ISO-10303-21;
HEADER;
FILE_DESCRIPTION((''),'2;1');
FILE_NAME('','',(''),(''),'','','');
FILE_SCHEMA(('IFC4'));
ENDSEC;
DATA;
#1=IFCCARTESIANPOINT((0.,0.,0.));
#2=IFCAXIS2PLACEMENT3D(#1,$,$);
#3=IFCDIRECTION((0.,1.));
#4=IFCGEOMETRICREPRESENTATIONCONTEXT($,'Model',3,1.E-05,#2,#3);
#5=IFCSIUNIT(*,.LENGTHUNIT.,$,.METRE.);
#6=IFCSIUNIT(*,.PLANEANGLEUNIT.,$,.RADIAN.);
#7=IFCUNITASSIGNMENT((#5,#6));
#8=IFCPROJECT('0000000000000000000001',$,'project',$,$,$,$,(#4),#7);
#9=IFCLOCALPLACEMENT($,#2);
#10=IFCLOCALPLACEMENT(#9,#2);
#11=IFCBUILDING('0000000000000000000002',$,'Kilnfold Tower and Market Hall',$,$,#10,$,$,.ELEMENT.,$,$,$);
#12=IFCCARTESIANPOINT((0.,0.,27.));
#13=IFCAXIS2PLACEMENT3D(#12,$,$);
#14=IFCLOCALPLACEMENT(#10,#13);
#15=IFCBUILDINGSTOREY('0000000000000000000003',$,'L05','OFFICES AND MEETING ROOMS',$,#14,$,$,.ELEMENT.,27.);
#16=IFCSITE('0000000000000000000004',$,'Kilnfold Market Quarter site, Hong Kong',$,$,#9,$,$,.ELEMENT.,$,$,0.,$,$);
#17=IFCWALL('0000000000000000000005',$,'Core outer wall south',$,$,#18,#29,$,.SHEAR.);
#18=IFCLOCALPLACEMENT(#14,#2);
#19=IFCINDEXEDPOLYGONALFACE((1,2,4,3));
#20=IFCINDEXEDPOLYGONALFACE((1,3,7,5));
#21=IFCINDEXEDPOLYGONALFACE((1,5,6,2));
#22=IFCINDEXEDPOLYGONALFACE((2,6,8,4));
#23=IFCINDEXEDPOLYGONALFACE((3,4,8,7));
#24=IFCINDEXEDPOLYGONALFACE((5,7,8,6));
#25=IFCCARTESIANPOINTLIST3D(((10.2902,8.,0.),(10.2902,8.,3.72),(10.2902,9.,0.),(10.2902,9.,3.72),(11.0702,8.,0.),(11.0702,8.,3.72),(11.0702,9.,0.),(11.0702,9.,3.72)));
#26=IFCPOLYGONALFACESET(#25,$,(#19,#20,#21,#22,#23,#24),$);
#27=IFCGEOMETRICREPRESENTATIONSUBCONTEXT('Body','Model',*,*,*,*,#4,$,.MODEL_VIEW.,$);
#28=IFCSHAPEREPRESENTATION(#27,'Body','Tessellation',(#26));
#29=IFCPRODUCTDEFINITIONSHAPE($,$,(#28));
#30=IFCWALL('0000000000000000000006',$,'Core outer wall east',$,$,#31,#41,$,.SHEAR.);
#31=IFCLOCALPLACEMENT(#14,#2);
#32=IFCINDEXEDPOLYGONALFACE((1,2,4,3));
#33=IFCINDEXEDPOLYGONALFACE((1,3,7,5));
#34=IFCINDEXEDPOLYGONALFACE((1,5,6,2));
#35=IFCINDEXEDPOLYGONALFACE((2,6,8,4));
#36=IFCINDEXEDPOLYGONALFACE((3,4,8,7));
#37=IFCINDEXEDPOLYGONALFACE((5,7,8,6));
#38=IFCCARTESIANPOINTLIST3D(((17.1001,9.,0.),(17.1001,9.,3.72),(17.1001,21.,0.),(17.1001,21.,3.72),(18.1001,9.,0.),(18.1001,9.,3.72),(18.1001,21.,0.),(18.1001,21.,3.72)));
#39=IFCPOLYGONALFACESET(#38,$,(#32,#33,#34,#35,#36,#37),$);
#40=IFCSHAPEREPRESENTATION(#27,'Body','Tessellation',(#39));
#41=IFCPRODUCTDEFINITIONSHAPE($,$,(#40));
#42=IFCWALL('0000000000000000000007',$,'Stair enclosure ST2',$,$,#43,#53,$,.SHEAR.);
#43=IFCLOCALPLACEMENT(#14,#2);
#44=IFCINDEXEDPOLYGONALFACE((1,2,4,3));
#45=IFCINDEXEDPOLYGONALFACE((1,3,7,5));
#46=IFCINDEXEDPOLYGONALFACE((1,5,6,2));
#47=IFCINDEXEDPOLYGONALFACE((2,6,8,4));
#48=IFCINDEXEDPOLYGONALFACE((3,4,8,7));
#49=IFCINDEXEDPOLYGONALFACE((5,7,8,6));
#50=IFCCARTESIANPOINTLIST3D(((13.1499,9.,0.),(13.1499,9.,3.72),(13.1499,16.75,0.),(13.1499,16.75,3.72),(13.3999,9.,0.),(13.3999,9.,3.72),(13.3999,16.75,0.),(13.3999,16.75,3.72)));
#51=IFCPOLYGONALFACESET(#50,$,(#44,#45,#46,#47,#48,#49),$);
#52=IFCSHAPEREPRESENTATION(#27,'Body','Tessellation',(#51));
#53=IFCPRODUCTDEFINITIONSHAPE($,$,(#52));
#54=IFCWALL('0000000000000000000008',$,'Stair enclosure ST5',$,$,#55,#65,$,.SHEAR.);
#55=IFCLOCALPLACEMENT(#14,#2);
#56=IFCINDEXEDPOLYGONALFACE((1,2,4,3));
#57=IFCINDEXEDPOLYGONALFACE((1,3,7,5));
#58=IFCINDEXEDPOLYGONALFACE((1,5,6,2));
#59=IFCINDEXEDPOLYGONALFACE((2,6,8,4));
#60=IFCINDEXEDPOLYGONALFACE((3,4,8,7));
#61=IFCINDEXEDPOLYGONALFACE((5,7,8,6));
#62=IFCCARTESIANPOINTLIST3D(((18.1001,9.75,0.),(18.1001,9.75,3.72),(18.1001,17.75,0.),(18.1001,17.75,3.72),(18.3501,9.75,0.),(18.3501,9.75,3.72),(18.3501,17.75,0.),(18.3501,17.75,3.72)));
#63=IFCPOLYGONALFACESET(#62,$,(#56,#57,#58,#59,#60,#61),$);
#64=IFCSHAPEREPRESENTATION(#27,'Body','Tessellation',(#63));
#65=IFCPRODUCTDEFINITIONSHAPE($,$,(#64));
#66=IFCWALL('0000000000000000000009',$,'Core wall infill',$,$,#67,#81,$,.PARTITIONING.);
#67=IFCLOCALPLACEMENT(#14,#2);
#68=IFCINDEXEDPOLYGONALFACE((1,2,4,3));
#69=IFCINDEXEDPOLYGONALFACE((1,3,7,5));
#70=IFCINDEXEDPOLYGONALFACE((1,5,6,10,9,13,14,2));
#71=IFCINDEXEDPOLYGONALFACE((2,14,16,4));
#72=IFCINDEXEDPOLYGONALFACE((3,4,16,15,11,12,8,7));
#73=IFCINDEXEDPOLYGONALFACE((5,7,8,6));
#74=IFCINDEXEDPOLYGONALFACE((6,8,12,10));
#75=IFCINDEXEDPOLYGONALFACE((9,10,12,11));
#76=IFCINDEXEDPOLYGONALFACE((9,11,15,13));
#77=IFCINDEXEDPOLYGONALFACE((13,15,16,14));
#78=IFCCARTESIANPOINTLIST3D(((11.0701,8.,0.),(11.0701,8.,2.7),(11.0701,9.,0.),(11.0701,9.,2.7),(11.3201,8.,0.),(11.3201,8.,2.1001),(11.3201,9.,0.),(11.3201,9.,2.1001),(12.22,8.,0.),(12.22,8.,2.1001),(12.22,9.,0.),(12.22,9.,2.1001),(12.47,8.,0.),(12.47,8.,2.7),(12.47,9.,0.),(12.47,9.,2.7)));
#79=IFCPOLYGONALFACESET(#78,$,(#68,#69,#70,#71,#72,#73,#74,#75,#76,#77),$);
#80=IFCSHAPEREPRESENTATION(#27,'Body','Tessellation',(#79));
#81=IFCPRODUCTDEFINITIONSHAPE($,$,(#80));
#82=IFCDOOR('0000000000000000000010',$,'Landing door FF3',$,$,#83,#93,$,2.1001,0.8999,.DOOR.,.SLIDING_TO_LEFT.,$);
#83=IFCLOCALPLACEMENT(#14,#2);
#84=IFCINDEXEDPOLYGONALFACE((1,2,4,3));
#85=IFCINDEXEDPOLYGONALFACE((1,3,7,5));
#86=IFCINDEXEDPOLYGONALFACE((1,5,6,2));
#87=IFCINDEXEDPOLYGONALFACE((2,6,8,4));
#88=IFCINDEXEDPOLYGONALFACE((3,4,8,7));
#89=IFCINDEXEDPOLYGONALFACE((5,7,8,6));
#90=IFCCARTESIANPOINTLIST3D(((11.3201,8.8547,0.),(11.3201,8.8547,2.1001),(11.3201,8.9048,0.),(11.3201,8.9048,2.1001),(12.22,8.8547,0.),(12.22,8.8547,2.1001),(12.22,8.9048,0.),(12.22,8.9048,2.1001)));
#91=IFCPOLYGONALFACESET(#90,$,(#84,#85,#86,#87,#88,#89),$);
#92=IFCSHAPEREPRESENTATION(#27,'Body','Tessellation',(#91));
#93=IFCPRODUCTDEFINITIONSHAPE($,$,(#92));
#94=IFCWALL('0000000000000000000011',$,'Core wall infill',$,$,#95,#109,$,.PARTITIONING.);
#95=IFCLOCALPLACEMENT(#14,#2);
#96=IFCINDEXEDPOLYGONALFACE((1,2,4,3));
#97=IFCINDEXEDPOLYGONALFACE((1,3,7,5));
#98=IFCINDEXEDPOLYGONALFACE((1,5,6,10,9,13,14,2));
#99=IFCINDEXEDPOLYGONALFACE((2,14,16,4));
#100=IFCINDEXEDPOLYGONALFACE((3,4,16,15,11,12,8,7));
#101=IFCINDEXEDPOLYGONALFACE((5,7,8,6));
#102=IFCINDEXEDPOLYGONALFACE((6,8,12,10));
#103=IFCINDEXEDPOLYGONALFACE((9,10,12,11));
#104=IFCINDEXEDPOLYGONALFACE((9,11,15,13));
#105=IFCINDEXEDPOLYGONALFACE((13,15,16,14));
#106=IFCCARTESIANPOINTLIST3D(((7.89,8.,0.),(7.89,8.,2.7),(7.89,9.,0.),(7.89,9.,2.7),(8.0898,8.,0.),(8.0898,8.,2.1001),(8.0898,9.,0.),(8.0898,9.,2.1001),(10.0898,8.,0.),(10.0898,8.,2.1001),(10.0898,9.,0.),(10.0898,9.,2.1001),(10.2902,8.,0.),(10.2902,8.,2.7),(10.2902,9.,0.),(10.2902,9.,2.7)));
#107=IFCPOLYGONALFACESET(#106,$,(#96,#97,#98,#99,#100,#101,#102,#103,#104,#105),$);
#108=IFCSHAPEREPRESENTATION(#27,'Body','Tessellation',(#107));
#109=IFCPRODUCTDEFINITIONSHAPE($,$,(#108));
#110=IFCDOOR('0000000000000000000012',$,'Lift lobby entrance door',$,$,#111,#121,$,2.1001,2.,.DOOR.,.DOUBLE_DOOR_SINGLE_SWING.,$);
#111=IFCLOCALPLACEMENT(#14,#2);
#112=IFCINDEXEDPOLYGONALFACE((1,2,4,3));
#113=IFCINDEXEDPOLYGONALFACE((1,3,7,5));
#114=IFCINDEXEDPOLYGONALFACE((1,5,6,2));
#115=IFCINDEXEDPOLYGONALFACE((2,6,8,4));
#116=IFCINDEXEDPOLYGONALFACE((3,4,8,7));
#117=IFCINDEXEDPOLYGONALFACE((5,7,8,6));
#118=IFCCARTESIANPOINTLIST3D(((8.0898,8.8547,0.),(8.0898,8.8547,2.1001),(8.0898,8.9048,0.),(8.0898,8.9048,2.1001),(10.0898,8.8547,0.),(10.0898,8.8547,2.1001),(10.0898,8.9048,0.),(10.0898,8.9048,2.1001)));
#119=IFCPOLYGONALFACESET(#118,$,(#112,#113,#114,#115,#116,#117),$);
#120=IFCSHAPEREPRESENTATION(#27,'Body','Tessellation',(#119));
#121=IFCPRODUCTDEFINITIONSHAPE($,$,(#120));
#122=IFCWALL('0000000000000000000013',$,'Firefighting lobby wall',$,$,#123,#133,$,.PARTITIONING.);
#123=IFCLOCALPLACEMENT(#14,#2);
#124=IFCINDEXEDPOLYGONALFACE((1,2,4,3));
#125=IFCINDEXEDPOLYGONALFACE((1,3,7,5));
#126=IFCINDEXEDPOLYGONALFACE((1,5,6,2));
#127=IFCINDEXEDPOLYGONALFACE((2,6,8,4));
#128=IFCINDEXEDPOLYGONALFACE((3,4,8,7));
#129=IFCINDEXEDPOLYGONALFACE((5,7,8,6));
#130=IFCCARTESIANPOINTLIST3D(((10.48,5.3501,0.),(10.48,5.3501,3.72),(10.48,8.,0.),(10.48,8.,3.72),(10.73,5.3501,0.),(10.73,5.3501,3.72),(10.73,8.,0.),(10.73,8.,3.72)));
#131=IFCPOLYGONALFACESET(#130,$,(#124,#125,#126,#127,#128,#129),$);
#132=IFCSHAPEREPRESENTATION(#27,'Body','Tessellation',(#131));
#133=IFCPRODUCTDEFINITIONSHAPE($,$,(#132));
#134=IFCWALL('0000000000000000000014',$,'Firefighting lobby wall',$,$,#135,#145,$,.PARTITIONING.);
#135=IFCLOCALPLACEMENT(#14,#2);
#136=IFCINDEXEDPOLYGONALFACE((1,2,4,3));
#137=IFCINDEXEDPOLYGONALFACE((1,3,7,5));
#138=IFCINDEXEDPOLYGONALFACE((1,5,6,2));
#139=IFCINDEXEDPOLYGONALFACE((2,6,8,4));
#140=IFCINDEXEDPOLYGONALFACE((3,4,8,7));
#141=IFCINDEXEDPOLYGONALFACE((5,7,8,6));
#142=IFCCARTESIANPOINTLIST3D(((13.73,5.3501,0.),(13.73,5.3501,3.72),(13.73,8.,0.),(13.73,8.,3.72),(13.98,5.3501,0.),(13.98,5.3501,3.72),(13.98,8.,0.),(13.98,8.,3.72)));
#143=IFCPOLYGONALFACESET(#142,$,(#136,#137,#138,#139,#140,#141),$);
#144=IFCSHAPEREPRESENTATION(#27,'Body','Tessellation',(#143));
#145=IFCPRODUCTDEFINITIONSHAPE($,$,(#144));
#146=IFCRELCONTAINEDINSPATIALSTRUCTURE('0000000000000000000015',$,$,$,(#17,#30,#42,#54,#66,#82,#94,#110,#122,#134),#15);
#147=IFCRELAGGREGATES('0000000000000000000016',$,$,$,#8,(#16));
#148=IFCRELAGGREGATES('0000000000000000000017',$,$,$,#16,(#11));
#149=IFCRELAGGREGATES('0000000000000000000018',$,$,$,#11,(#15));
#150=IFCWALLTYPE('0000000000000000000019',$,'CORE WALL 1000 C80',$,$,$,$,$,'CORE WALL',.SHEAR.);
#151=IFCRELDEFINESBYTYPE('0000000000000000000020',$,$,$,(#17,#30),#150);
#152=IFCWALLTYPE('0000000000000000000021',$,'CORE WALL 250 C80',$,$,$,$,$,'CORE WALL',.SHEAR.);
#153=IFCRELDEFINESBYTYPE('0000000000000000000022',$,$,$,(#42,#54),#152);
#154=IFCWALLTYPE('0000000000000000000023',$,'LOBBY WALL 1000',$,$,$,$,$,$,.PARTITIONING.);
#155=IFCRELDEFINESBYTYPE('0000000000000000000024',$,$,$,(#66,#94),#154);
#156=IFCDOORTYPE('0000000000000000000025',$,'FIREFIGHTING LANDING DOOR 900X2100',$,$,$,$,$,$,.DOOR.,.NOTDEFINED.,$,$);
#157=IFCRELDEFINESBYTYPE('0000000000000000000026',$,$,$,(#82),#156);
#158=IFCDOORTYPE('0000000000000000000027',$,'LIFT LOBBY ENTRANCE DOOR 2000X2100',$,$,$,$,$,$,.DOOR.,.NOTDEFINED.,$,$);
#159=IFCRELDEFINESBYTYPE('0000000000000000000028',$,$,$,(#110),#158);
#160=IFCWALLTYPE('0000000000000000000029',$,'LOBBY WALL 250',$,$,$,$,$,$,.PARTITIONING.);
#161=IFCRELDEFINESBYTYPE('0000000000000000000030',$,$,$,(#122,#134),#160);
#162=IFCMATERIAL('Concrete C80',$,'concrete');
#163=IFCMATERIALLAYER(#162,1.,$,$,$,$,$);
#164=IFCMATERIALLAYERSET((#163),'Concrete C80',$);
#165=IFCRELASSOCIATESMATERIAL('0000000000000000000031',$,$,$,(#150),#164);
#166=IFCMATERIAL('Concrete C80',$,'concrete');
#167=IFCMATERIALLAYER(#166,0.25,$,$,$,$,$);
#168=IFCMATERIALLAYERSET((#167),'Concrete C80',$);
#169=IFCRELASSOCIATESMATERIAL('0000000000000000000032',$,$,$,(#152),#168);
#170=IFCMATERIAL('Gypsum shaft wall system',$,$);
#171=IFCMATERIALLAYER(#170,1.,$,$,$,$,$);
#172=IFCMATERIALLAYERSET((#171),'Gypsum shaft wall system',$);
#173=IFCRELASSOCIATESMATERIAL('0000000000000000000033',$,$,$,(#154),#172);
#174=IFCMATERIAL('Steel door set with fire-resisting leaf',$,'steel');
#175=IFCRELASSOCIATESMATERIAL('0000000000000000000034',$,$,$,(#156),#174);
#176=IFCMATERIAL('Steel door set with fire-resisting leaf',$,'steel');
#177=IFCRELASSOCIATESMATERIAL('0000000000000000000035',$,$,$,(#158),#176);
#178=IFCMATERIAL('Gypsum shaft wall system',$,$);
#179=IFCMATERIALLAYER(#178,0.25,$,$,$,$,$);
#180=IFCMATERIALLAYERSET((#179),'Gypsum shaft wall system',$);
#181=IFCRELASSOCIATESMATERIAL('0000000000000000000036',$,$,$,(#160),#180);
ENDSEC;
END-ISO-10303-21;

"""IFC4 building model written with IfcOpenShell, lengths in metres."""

from ifc_helpers import new_model, si_unit, direction, frame, frame_2d, origin, place, context, subcontext, project, spatial, rectangle, extrude, source, transform, mapped, material, layer, layer_set, type_object, element, fill, save


model = new_model("IFC4")

# Units and contexts
model_context = context("Model", 3, precision=1e-05, world=origin(), true_north=direction((0.0, 1.0)))
body_context = subcontext(model_context, "Body", "Model", "MODEL_VIEW")
ifc_project = project(units=[si_unit("LENGTHUNIT", "METRE"), si_unit("PLANEANGLEUNIT", "RADIAN")], contexts=[model_context])

# Site, building, storey
site_placement = place(None, origin())
site = spatial("IfcSite", under=ifc_project, at=site_placement, Name="Kilnfold Market Quarter site, Hong Kong", CompositionType="ELEMENT", RefElevation=0.0)
building_placement = place(site_placement, origin())
building = spatial("IfcBuilding", under=site, at=building_placement, Name="Kilnfold Tower and Market Hall", CompositionType="ELEMENT")
storey_placement = place(building_placement, frame((0.0, 0.0, 27.0)))
storey = spatial("IfcBuildingStorey", under=building, at=storey_placement, Name="L05", Description="OFFICES AND MEETING ROOMS", CompositionType="ELEMENT", Elevation=27.0)

# Wall
ifc_material_1 = material(Name="Concrete C80", Category="concrete")
ifc_layer_1 = layer(ifc_material_1, 1.0)
ifc_layer_set_1 = layer_set([ifc_layer_1], Name="Concrete C80")
wall_type_1 = type_object("IfcWallType", Name="CORE WALL 1000 C80", ElementType="CORE WALL", PredefinedType="SHEAR", material=ifc_layer_set_1)
shared_shape_1 = source(origin(), body_context, "Body", "SweptSolid", [
    extrude(rectangle(XDim=0.78, YDim=1.0, at=frame_2d((0.3901, 0.0))), origin(), (0.0, 0.0, 1.0), 3.72),
])
wall_1_placement = place(storey_placement, frame((10.29, 8.5, 0.0), z_axis=(0.0, 0.0, 1.0), x_axis=(1.0, 0.0, 0.0)))
element("IfcWall", 1, at=wall_1_placement, inside=storey, type_object=wall_type_1, Name="Core outer wall south", PredefinedType="SHEAR", context=body_context, shape_type="MappedRepresentation", body=[
    mapped(shared_shape_1, transform((0.0, 0.0, 0.0))),
])

# Walls
shared_shape_2 = source(origin(), body_context, "Body", "SweptSolid", [
    extrude(rectangle(XDim=12.0, YDim=1.0, at=frame_2d((6.0, 0.0))), origin(), (0.0, 0.0, 1.0), 3.72),
])
wall_2_placement = place(storey_placement, frame((17.6001, 9.0, 0.0), z_axis=(0.0, 0.0, 1.0), x_axis=(0.0, 1.0, 0.0)))
element("IfcWall", 2, at=wall_2_placement, inside=storey, type_object=wall_type_1, Name="Core outer wall east", PredefinedType="SHEAR", context=body_context, shape_type="MappedRepresentation", body=[
    mapped(shared_shape_2, transform((0.0, 0.0, 0.0))),
])
ifc_material_2 = material(Name="Concrete C80", Category="concrete")
ifc_layer_2 = layer(ifc_material_2, 0.25)
ifc_layer_set_2 = layer_set([ifc_layer_2], Name="Concrete C80")
wall_type_2 = type_object("IfcWallType", Name="CORE WALL 250 C80", ElementType="CORE WALL", PredefinedType="SHEAR", material=ifc_layer_set_2)
shared_shape_3 = source(origin(), body_context, "Body", "SweptSolid", [
    extrude(rectangle(XDim=7.75, YDim=0.25, at=frame_2d((3.875, 0.0))), origin(), (0.0, 0.0, 1.0), 3.72),
])
wall_3_placement = place(storey_placement, frame((13.2749, 9.0, 0.0), z_axis=(0.0, 0.0, 1.0), x_axis=(0.0, 1.0, 0.0)))
element("IfcWall", 3, at=wall_3_placement, inside=storey, type_object=wall_type_2, Name="Stair enclosure ST2", PredefinedType="SHEAR", context=body_context, shape_type="MappedRepresentation", body=[
    mapped(shared_shape_3, transform((0.0, 0.0, 0.0))),
])
shared_shape_4 = source(origin(), body_context, "Body", "SweptSolid", [
    extrude(rectangle(XDim=8.0, YDim=0.25, at=frame_2d((4.0, 0.0))), origin(), (0.0, 0.0, 1.0), 3.72),
])
wall_4_placement = place(storey_placement, frame((18.2251, 9.75, 0.0), z_axis=(0.0, 0.0, 1.0), x_axis=(0.0, 1.0, 0.0)))
element("IfcWall", 4, at=wall_4_placement, inside=storey, type_object=wall_type_2, Name="Stair enclosure ST5", PredefinedType="SHEAR", context=body_context, shape_type="MappedRepresentation", body=[
    mapped(shared_shape_4, transform((0.0, 0.0, 0.0))),
])

# Walls, openings, doors
ifc_material_3 = material(Name="Gypsum shaft wall system")
ifc_layer_3 = layer(ifc_material_3, 1.0)
ifc_layer_set_3 = layer_set([ifc_layer_3], Name="Gypsum shaft wall system")
wall_type_3 = type_object("IfcWallType", Name="LOBBY WALL 1000", PredefinedType="PARTITIONING", material=ifc_layer_set_3)
shared_shape_5 = source(origin(), body_context, "Body", "SweptSolid", [
    extrude(rectangle(XDim=1.3999, YDim=1.0, at=frame_2d((0.7, 0.0))), origin(), (0.0, 0.0, 1.0), 2.7),
])
wall_5_placement = place(storey_placement, frame((11.0701, 8.5, 0.0), z_axis=(0.0, 0.0, 1.0), x_axis=(1.0, 0.0, 0.0)))
wall_5 = element("IfcWall", 5, at=wall_5_placement, inside=storey, type_object=wall_type_3, Name="Core wall infill", PredefinedType="PARTITIONING", context=body_context, shape_type="MappedRepresentation", body=[
    mapped(shared_shape_5, transform((0.0, 0.0, 0.0))),
])
opening_1_placement = place(wall_5_placement, frame((0.25, 0.0, 0.0)))
opening_1 = element("IfcOpeningElement", 6, at=opening_1_placement, cuts=wall_5, PredefinedType="OPENING", context=body_context, shape_type="SweptSolid", body=[
    extrude(rectangle(XDim=0.8999, YDim=2.1001, at=frame_2d((0.45, 1.05))), frame((0.0, 0.51, 0.0), z_axis=(0.0, -1.0, 0.0), x_axis=(1.0, 0.0, 0.0)), (0.0, 0.0, 1.0), 1.02),
])
ifc_material_4 = material(Name="Steel door set with fire-resisting leaf", Category="steel")
door_type_1 = type_object("IfcDoorType", Name="FIREFIGHTING LANDING DOOR 900X2100", OperationType="NOTDEFINED", PredefinedType="DOOR", material=ifc_material_4)
door_1_placement = place(opening_1_placement, origin())
door_1 = element("IfcDoor", 7, at=door_1_placement, inside=storey, type_object=door_type_1, Name="Landing door FF3", OperationType="SLIDING_TO_LEFT", OverallHeight=2.1001, OverallWidth=0.8999, PredefinedType="DOOR", context=body_context, shape_type="SweptSolid", body=[
    extrude(rectangle(XDim=0.8999, YDim=2.1001, at=frame_2d((0.45, 1.05))), frame((0.0, 0.4048, 0.0), z_axis=(0.0, -1.0, 0.0), x_axis=(1.0, 0.0, 0.0)), (0.0, 0.0, 1.0), 0.05),
])
fill(opening_1, door_1)
shared_shape_6 = source(origin(), body_context, "Body", "SweptSolid", [
    extrude(rectangle(XDim=2.4001, YDim=1.0, at=frame_2d((1.2002, 0.0))), origin(), (0.0, 0.0, 1.0), 2.7),
])
wall_6_placement = place(storey_placement, frame((7.8899, 8.5, 0.0), z_axis=(0.0, 0.0, 1.0), x_axis=(1.0, 0.0, 0.0)))
wall_6 = element("IfcWall", 8, at=wall_6_placement, inside=storey, type_object=wall_type_3, Name="Core wall infill", PredefinedType="PARTITIONING", context=body_context, shape_type="MappedRepresentation", body=[
    mapped(shared_shape_6, transform((0.0, 0.0, 0.0))),
])
opening_2_placement = place(wall_6_placement, frame((0.2, 0.0, 0.0)))
opening_2 = element("IfcOpeningElement", 9, at=opening_2_placement, cuts=wall_6, PredefinedType="OPENING", context=body_context, shape_type="SweptSolid", body=[
    extrude(rectangle(XDim=2.0, YDim=2.1001, at=frame_2d((1.0, 1.05))), frame((0.0, 0.51, 0.0), z_axis=(0.0, -1.0, 0.0), x_axis=(1.0, 0.0, 0.0)), (0.0, 0.0, 1.0), 1.02),
])
ifc_material_5 = material(Name="Steel door set with fire-resisting leaf", Category="steel")
door_type_2 = type_object("IfcDoorType", Name="LIFT LOBBY ENTRANCE DOOR 2000X2100", OperationType="NOTDEFINED", PredefinedType="DOOR", material=ifc_material_5)
door_2_placement = place(opening_2_placement, origin())
door_2 = element("IfcDoor", 10, at=door_2_placement, inside=storey, type_object=door_type_2, Name="Lift lobby entrance door", OperationType="DOUBLE_DOOR_SINGLE_SWING", OverallHeight=2.1001, OverallWidth=2.0, PredefinedType="DOOR", context=body_context, shape_type="SweptSolid", body=[
    extrude(rectangle(XDim=2.0, YDim=2.1001, at=frame_2d((1.0, 1.05))), frame((0.0, 0.4048, 0.0), z_axis=(0.0, -1.0, 0.0), x_axis=(1.0, 0.0, 0.0)), (0.0, 0.0, 1.0), 0.05),
])
fill(opening_2, door_2)

# Walls
ifc_material_6 = material(Name="Gypsum shaft wall system")
ifc_layer_4 = layer(ifc_material_6, 0.25)
ifc_layer_set_4 = layer_set([ifc_layer_4], Name="Gypsum shaft wall system")
wall_type_4 = type_object("IfcWallType", Name="LOBBY WALL 250", PredefinedType="PARTITIONING", material=ifc_layer_set_4)
shared_shape_7 = source(origin(), body_context, "Body", "SweptSolid", [
    extrude(rectangle(XDim=2.6499, YDim=0.25, at=frame_2d((1.325, 0.0))), origin(), (0.0, 0.0, 1.0), 3.72),
])
for number, where, z_axis, x_axis, name in (
    (11, (10.605, 5.3501, 0.0), (0.0, 0.0, 1.0), (0.0, 1.0, 0.0), "Firefighting lobby wall"),
    (12, (13.855, 5.3501, 0.0), (0.0, 0.0, 1.0), (0.0, 1.0, 0.0), "Firefighting lobby wall"),
):
    element("IfcWall", number, at=place(storey_placement, frame(where, z_axis=z_axis, x_axis=x_axis)), inside=storey, type_object=wall_type_4, Name=name, PredefinedType="PARTITIONING", context=body_context, shape_type="MappedRepresentation", body=[
        mapped(shared_shape_7, transform((0.0, 0.0, 0.0))),
    ])

save(model, "model.ifc")
